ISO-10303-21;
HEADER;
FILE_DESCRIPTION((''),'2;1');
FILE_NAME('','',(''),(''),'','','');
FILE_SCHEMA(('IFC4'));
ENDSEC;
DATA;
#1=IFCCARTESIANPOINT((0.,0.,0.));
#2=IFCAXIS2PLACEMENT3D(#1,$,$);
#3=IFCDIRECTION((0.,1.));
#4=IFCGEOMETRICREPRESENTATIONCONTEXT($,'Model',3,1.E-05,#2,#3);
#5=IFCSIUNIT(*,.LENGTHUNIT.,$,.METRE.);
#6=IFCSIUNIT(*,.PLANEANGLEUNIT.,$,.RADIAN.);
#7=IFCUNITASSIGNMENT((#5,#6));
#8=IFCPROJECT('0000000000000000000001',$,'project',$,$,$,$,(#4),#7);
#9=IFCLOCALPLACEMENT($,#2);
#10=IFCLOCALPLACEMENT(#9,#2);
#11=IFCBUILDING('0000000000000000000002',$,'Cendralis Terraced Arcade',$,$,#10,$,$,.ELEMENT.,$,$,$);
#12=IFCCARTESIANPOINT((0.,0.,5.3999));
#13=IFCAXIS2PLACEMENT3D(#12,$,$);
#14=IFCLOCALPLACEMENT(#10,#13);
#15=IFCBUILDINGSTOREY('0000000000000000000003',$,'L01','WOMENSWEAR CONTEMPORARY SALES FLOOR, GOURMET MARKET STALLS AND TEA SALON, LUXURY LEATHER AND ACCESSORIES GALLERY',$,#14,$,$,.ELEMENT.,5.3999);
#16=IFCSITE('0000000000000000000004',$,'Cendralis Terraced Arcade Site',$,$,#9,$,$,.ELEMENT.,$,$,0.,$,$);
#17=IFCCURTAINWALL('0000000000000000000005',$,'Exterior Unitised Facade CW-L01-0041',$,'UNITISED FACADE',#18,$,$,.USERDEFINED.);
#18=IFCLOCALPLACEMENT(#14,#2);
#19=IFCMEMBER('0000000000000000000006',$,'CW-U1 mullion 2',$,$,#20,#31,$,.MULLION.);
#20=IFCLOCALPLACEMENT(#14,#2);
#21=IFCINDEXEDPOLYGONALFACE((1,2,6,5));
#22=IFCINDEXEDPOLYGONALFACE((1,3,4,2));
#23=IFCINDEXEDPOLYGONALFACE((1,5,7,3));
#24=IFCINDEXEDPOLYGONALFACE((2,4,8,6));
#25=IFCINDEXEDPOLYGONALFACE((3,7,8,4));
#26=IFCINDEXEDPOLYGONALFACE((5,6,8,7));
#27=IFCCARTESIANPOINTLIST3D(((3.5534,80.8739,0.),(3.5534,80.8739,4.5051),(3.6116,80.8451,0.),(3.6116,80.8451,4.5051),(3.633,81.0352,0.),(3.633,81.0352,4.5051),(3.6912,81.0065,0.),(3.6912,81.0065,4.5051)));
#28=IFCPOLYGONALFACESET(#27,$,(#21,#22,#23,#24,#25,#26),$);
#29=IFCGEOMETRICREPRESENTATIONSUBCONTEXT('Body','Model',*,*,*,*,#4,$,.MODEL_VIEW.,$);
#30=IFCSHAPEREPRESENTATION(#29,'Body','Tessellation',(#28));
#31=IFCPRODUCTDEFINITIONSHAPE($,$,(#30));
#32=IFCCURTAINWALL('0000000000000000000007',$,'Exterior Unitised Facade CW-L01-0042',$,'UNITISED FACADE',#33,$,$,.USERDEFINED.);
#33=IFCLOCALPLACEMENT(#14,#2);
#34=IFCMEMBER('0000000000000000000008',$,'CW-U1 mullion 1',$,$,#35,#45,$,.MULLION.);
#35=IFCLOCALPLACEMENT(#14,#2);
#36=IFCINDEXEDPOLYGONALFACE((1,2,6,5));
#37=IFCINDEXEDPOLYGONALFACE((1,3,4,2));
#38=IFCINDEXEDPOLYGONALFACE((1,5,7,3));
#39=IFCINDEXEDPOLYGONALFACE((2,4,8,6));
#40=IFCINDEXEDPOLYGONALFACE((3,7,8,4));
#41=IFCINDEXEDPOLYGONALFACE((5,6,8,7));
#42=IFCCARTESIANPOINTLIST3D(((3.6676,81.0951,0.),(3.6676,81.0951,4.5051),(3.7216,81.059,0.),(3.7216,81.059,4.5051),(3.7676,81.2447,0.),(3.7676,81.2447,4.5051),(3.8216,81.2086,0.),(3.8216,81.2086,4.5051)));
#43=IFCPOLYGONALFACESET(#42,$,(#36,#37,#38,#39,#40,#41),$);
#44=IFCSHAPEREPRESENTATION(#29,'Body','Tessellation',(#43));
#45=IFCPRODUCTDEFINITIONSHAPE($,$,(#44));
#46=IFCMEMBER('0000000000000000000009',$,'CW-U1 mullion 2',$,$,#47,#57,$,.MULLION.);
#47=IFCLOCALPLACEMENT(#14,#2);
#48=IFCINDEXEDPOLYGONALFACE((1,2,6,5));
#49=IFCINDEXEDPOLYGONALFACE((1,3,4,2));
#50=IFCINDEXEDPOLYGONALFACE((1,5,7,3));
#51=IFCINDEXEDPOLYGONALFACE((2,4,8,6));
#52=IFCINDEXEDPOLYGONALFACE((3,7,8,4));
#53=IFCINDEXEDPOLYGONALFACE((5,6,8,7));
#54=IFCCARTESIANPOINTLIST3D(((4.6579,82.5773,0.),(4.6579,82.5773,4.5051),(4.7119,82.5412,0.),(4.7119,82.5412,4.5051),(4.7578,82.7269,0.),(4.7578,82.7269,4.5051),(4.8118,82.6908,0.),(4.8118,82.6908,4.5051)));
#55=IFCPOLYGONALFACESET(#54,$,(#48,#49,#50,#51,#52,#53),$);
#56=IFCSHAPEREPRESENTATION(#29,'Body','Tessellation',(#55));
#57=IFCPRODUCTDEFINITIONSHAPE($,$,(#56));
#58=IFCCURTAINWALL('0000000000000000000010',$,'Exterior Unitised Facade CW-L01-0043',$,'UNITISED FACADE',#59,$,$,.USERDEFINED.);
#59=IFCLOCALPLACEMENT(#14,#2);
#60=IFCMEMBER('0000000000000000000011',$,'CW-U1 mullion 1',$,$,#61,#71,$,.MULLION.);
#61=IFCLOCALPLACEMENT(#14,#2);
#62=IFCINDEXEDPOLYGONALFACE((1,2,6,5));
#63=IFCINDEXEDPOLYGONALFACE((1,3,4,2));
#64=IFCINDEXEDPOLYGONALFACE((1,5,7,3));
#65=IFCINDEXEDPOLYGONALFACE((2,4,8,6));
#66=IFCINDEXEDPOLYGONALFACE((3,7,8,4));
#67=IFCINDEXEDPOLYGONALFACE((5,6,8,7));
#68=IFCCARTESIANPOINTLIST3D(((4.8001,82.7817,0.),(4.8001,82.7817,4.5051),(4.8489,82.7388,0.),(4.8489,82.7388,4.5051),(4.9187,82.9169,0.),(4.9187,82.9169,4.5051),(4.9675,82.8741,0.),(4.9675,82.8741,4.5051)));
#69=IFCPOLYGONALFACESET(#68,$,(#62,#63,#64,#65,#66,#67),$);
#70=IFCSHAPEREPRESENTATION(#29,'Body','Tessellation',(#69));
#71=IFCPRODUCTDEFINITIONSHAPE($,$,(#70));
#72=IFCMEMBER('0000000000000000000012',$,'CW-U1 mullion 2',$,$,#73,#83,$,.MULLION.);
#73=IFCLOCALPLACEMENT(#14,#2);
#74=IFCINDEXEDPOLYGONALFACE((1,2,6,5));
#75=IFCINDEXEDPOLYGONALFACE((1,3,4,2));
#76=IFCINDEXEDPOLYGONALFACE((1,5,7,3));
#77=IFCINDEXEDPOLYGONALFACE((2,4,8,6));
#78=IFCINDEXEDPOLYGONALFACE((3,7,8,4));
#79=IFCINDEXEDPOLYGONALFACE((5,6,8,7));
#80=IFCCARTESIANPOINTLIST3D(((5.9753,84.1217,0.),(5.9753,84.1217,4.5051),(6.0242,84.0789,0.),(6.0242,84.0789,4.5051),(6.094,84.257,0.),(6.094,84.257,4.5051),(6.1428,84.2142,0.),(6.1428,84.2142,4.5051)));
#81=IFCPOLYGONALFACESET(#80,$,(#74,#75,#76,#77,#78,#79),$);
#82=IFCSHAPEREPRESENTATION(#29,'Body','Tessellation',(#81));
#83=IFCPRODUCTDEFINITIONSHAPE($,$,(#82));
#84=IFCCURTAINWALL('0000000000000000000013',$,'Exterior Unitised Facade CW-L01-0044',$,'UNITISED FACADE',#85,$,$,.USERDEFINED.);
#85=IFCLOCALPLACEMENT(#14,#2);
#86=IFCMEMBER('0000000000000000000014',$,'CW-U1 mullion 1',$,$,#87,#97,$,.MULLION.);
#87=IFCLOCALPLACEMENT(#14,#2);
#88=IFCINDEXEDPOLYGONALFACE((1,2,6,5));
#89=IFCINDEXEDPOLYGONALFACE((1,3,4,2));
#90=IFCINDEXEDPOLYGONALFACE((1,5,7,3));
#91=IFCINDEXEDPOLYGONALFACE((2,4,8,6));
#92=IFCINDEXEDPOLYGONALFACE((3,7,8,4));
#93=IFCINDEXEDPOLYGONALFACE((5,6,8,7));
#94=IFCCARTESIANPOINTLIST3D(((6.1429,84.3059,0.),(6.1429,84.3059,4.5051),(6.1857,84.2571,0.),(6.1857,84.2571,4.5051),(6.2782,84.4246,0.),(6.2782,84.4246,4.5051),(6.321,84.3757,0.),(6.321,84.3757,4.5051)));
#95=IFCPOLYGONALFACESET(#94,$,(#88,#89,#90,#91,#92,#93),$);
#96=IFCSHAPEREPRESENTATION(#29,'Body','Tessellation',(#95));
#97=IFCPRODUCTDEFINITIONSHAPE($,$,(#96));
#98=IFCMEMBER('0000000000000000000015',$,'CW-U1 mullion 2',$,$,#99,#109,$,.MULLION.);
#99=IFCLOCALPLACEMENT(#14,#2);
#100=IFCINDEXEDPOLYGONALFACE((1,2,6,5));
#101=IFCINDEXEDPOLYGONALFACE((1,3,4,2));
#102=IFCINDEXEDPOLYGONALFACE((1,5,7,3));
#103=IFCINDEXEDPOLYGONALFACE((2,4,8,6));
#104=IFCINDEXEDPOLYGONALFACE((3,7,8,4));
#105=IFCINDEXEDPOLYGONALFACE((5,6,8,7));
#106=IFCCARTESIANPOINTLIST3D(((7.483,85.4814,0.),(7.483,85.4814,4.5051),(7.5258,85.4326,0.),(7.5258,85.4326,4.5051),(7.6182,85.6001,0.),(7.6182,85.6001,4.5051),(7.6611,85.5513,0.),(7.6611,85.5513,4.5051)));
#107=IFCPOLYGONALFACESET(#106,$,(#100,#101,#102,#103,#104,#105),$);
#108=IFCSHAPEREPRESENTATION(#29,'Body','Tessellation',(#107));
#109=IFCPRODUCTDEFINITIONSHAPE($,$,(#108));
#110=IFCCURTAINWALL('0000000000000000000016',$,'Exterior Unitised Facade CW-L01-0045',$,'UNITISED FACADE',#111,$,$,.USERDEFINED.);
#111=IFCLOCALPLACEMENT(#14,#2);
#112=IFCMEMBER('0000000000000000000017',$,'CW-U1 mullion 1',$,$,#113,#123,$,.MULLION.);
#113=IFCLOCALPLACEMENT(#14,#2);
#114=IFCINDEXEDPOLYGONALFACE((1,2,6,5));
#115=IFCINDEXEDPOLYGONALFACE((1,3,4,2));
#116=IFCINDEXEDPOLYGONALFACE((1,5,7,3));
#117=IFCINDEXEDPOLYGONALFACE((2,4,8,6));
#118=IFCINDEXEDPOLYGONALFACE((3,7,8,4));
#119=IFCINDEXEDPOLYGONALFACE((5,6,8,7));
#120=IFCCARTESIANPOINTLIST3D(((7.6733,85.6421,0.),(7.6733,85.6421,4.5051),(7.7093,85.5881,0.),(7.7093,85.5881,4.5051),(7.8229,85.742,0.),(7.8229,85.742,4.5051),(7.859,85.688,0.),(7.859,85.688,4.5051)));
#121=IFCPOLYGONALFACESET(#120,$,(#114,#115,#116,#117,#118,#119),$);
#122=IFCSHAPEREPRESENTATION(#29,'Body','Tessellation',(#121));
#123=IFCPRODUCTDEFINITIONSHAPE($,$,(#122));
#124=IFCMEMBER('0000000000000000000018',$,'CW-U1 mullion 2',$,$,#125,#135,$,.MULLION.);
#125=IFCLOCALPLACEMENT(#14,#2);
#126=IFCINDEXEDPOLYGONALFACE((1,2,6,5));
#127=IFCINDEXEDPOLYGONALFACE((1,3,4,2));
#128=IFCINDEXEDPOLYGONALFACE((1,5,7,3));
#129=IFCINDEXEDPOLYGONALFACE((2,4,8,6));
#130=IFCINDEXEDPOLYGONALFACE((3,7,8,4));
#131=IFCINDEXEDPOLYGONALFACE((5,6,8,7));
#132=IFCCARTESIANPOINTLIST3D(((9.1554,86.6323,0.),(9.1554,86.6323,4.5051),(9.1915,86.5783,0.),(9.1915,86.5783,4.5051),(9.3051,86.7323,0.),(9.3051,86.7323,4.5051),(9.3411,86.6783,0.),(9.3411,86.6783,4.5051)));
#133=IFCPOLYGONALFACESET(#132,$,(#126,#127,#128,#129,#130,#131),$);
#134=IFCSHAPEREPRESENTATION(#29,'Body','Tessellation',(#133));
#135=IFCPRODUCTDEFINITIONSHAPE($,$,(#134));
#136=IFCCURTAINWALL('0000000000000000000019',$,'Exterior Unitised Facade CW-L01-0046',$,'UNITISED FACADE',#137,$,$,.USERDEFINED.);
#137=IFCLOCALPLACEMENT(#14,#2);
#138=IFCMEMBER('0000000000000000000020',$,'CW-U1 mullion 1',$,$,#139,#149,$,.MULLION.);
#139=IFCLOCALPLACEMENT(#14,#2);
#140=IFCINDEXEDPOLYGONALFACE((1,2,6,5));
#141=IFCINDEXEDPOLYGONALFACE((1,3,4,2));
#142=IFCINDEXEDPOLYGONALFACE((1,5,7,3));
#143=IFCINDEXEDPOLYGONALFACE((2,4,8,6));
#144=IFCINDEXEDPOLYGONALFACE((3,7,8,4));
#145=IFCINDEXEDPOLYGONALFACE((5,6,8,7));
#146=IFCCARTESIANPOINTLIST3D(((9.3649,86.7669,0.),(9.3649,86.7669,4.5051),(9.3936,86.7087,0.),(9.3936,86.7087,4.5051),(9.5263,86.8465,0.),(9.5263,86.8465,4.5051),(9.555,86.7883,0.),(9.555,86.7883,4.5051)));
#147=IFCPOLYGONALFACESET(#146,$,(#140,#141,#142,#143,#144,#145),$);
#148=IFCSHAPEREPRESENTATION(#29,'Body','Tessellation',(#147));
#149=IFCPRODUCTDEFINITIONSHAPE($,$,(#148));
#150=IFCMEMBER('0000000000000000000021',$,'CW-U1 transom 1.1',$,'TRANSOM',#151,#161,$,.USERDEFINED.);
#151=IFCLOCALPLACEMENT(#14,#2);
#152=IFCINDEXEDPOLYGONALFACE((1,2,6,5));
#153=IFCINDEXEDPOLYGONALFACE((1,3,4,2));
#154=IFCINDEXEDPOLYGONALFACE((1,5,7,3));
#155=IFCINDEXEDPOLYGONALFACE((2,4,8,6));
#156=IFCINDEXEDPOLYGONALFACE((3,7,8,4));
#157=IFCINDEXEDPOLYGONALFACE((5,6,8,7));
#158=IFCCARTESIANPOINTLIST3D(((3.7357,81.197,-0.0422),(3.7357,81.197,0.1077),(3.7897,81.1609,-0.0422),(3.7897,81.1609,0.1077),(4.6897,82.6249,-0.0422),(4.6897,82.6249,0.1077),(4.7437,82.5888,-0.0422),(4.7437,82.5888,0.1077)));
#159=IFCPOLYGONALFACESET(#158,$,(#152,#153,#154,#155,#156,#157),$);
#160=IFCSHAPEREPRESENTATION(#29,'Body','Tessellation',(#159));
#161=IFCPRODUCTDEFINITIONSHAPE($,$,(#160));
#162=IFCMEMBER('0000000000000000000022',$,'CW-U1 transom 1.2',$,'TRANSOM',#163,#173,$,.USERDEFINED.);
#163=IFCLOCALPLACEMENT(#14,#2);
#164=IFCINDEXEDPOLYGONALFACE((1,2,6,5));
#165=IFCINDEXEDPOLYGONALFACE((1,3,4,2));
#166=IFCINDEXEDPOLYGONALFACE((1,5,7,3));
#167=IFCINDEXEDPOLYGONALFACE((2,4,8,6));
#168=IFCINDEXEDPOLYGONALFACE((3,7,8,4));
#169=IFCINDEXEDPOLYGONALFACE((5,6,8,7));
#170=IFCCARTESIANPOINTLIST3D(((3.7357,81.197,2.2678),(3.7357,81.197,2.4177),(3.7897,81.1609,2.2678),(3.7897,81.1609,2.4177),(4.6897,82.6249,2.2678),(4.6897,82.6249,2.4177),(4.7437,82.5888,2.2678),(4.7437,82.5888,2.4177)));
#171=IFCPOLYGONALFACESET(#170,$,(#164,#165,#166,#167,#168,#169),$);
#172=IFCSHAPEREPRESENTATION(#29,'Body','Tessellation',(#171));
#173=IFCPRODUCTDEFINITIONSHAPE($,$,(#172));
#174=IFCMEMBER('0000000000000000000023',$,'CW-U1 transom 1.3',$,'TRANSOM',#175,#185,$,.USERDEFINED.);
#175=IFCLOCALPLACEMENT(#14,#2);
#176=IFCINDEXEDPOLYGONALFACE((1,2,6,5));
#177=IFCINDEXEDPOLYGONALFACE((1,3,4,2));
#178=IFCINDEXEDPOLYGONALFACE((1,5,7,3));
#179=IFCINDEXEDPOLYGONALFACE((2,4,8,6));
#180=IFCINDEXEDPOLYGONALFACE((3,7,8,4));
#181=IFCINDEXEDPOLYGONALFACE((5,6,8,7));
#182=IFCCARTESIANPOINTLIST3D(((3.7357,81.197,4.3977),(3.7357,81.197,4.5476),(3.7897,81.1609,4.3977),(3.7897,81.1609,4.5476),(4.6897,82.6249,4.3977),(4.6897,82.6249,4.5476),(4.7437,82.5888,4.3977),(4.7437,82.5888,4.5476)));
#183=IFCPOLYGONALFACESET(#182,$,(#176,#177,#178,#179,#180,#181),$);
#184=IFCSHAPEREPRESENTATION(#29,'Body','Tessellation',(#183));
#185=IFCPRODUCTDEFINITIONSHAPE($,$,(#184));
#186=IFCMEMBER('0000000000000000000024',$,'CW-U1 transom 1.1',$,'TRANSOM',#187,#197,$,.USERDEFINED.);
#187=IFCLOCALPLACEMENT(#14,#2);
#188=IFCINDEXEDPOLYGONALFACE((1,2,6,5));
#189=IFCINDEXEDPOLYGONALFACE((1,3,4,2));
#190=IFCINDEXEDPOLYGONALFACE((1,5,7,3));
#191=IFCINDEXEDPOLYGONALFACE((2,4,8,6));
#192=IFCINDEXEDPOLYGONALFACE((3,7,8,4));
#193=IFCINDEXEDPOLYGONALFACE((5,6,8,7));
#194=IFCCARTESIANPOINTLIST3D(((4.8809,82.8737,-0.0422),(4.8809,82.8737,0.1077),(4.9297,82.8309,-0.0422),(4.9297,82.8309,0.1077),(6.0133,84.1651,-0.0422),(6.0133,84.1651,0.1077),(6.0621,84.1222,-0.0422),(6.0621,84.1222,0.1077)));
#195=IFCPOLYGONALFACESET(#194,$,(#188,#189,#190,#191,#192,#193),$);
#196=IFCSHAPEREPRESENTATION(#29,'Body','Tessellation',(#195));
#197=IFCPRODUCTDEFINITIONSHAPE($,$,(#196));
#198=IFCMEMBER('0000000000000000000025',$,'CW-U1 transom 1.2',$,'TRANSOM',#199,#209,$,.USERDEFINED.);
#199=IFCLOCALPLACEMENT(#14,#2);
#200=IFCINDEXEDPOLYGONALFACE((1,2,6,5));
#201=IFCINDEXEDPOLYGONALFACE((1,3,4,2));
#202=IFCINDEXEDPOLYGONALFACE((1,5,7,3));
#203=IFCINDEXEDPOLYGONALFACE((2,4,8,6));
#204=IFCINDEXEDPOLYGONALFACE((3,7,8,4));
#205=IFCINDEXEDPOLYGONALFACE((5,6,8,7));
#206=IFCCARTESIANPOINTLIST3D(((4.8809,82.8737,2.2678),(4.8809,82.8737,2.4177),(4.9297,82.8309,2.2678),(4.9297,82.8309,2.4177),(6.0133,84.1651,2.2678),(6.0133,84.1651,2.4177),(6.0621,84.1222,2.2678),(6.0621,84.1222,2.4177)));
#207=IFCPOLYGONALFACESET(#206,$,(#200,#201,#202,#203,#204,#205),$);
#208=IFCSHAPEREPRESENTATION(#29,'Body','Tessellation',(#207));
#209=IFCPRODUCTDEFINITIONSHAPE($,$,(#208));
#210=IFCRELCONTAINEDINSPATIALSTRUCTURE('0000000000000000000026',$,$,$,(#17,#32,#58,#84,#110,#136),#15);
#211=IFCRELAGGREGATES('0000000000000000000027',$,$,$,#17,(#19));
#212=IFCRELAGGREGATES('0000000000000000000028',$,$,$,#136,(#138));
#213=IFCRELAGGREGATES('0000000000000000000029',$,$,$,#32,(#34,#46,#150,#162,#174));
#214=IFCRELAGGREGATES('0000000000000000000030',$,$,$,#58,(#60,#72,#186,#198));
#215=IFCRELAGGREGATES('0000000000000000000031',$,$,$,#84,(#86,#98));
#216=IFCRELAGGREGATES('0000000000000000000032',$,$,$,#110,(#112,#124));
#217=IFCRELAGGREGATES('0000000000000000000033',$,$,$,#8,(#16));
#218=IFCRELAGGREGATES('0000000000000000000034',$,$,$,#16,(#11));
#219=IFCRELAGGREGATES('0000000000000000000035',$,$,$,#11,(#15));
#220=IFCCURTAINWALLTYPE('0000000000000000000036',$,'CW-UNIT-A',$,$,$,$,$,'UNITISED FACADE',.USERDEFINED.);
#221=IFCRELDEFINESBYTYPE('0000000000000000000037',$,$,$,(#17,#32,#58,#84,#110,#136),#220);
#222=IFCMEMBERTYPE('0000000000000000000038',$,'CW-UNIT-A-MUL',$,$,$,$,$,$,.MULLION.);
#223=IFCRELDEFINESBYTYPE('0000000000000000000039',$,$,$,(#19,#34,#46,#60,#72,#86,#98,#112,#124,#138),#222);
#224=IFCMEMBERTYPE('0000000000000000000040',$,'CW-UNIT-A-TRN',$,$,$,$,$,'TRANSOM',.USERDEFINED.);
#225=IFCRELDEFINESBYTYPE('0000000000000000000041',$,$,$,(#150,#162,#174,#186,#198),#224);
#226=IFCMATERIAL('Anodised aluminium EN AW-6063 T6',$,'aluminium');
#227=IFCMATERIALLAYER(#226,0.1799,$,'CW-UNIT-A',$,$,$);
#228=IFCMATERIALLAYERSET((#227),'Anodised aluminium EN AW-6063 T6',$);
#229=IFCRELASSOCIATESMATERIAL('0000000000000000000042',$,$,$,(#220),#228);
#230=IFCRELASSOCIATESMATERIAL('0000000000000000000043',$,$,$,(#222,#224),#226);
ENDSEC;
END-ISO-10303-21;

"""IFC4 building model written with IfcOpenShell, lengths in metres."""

from ifc_helpers import new_model, si_unit, direction, frame, origin, origin_2d, place, context, subcontext, project, spatial, rectangle, extrude, material, layer, layer_set, material_profile, profile_set, type_object, element, aggregate, save


model = new_model("IFC4")

# Units and contexts
model_context = context("Model", 3, precision=1e-05, world=origin(), true_north=direction((0.0, 1.0)))
body_context = subcontext(model_context, "Body", "Model", "MODEL_VIEW")
ifc_project = project(units=[si_unit("LENGTHUNIT", "METRE"), si_unit("PLANEANGLEUNIT", "RADIAN")], contexts=[model_context])

# Site, building, storey
site_placement = place(None, origin())
site = spatial("IfcSite", under=ifc_project, at=site_placement, Name="Cendralis Terraced Arcade Site", CompositionType="ELEMENT", RefElevation=0.0)
building_placement = place(site_placement, origin())
building = spatial("IfcBuilding", under=site, at=building_placement, Name="Cendralis Terraced Arcade", CompositionType="ELEMENT")
storey_placement = place(building_placement, frame((0.0, 0.0, 5.3999)))
storey = spatial("IfcBuildingStorey", under=building, at=storey_placement, Name="L01", Description="WOMENSWEAR CONTEMPORARY SALES FLOOR, GOURMET MARKET STALLS AND TEA SALON, LUXURY LEATHER AND ACCESSORIES GALLERY", CompositionType="ELEMENT", Elevation=5.3999)

# Curtain wall, member
ifc_material_1 = material(Name="Anodised aluminium EN AW-6063 T6", Category="aluminium")
ifc_layer_1 = layer(ifc_material_1, 0.1799, Name="CW-UNIT-A")
ifc_layer_set_1 = layer_set([ifc_layer_1], Name="Anodised aluminium EN AW-6063 T6")
curtain_wall_type = type_object("IfcCurtainWallType", Name="CW-UNIT-A", ElementType="UNITISED FACADE", PredefinedType="USERDEFINED", material=ifc_layer_set_1)
curtain_wall_1_placement = place(storey_placement, origin())
curtain_wall_1 = element("IfcCurtainWall", 1, at=curtain_wall_1_placement, inside=storey, type_object=curtain_wall_type, Name="Exterior Unitised Facade CW-L01-0041", ObjectType="UNITISED FACADE", PredefinedType="USERDEFINED")
ifc_material_profile_1 = material_profile(ifc_material_1, rectangle(XDim=0.0649, YDim=0.1799, at=origin_2d()), Name="ALU-MUL-65x180")
ifc_profile_set_1 = profile_set([ifc_material_profile_1], Name="Anodised aluminium EN AW-6063 T6")
member_type_1 = type_object("IfcMemberType", Name="CW-UNIT-A-MUL", PredefinedType="MULLION", material=ifc_profile_set_1)
member_1_placement = place(storey_placement, frame((3.6223, 80.9402, 0.0), z_axis=(0.0, 0.0, 1.0), x_axis=(-0.896882, 0.44227, 0.0)))
member_1 = element("IfcMember", 2, at=member_1_placement, type_object=member_type_1, Name="CW-U1 mullion 2", PredefinedType="MULLION", context=body_context, shape_type="SweptSolid", body=[
    extrude(rectangle(XDim=0.0649, YDim=0.1799, at=origin_2d()), origin(), (0.0, 0.0, 1.0), 4.5051),
])
aggregate(curtain_wall_1, [member_1])

# Curtain walls, members
curtain_wall_2_placement = place(storey_placement, origin())
curtain_wall_2 = element("IfcCurtainWall", 3, at=curtain_wall_2_placement, inside=storey, type_object=curtain_wall_type, Name="Exterior Unitised Facade CW-L01-0042", ObjectType="UNITISED FACADE", PredefinedType="USERDEFINED")
member_2_placement = place(storey_placement, frame((3.7446, 81.1519, 0.0), z_axis=(0.0, 0.0, 1.0), x_axis=(-0.831484, 0.555549, 0.0)))
member_2 = element("IfcMember", 4, at=member_2_placement, type_object=member_type_1, Name="CW-U1 mullion 1", PredefinedType="MULLION", context=body_context, shape_type="SweptSolid", body=[
    extrude(rectangle(XDim=0.0649, YDim=0.1799, at=origin_2d()), origin(), (0.0, 0.0, 1.0), 4.5051),
])
member_3_placement = place(storey_placement, frame((4.7349, 82.634, 0.0), z_axis=(0.0, 0.0, 1.0), x_axis=(-0.831484, 0.555549, 0.0)))
member_3 = element("IfcMember", 5, at=member_3_placement, type_object=member_type_1, Name="CW-U1 mullion 2", PredefinedType="MULLION", context=body_context, shape_type="SweptSolid", body=[
    extrude(rectangle(XDim=0.0649, YDim=0.1799, at=origin_2d()), origin(), (0.0, 0.0, 1.0), 4.5051),
])
curtain_wall_3_placement = place(storey_placement, origin())
curtain_wall_3 = element("IfcCurtainWall", 6, at=curtain_wall_3_placement, inside=storey, type_object=curtain_wall_type, Name="Exterior Unitised Facade CW-L01-0043", ObjectType="UNITISED FACADE", PredefinedType="USERDEFINED")
member_4_placement = place(storey_placement, frame((4.8838, 82.8279, 0.0), z_axis=(0.0, 0.0, 1.0), x_axis=(-0.751818, 0.65937, 0.0)))
member_4 = element("IfcMember", 7, at=member_4_placement, type_object=member_type_1, Name="CW-U1 mullion 1", PredefinedType="MULLION", context=body_context, shape_type="SweptSolid", body=[
    extrude(rectangle(XDim=0.0649, YDim=0.1799, at=origin_2d()), origin(), (0.0, 0.0, 1.0), 4.5051),
])
member_5_placement = place(storey_placement, frame((6.0591, 84.168, 0.0), z_axis=(0.0, 0.0, 1.0), x_axis=(-0.751818, 0.65937, 0.0)))
member_5 = element("IfcMember", 8, at=member_5_placement, type_object=member_type_1, Name="CW-U1 mullion 2", PredefinedType="MULLION", context=body_context, shape_type="SweptSolid", body=[
    extrude(rectangle(XDim=0.0649, YDim=0.1799, at=origin_2d()), origin(), (0.0, 0.0, 1.0), 4.5051),
])
curtain_wall_4_placement = place(storey_placement, origin())
curtain_wall_4 = element("IfcCurtainWall", 9, at=curtain_wall_4_placement, inside=storey, type_object=curtain_wall_type, Name="Exterior Unitised Facade CW-L01-0044", ObjectType="UNITISED FACADE", PredefinedType="USERDEFINED")
member_6_placement = place(storey_placement, frame((6.2319, 84.3408, 0.0), z_axis=(0.0, 0.0, 1.0), x_axis=(-0.65937, 0.751818, 0.0)))
member_6 = element("IfcMember", 10, at=member_6_placement, type_object=member_type_1, Name="CW-U1 mullion 1", PredefinedType="MULLION", context=body_context, shape_type="SweptSolid", body=[
    extrude(rectangle(XDim=0.0649, YDim=0.1799, at=origin_2d()), origin(), (0.0, 0.0, 1.0), 4.5051),
])
member_7_placement = place(storey_placement, frame((7.572, 85.5164, 0.0), z_axis=(0.0, 0.0, 1.0), x_axis=(-0.65937, 0.751818, 0.0)))
member_7 = element("IfcMember", 11, at=member_7_placement, type_object=member_type_1, Name="CW-U1 mullion 2", PredefinedType="MULLION", context=body_context, shape_type="SweptSolid", body=[
    extrude(rectangle(XDim=0.0649, YDim=0.1799, at=origin_2d()), origin(), (0.0, 0.0, 1.0), 4.5051),
])
curtain_wall_5_placement = place(storey_placement, origin())
curtain_wall_5 = element("IfcCurtainWall", 12, at=curtain_wall_5_placement, inside=storey, type_object=curtain_wall_type, Name="Exterior Unitised Facade CW-L01-0045", ObjectType="UNITISED FACADE", PredefinedType="USERDEFINED")
member_8_placement = place(storey_placement, frame((7.7661, 85.665, 0.0), z_axis=(0.0, 0.0, 1.0), x_axis=(-0.555549, 0.831484, 0.0)))
member_8 = element("IfcMember", 13, at=member_8_placement, type_object=member_type_1, Name="CW-U1 mullion 1", PredefinedType="MULLION", context=body_context, shape_type="SweptSolid", body=[
    extrude(rectangle(XDim=0.0649, YDim=0.1799, at=origin_2d()), origin(), (0.0, 0.0, 1.0), 4.5051),
])
member_9_placement = place(storey_placement, frame((9.2483, 86.6553, 0.0), z_axis=(0.0, 0.0, 1.0), x_axis=(-0.555549, 0.831484, 0.0)))
member_9 = element("IfcMember", 14, at=member_9_placement, type_object=member_type_1, Name="CW-U1 mullion 2", PredefinedType="MULLION", context=body_context, shape_type="SweptSolid", body=[
    extrude(rectangle(XDim=0.0649, YDim=0.1799, at=origin_2d()), origin(), (0.0, 0.0, 1.0), 4.5051),
])

# Curtain wall, member
curtain_wall_6_placement = place(storey_placement, origin())
curtain_wall_6 = element("IfcCurtainWall", 15, at=curtain_wall_6_placement, inside=storey, type_object=curtain_wall_type, Name="Exterior Unitised Facade CW-L01-0046", ObjectType="UNITISED FACADE", PredefinedType="USERDEFINED")
member_10_placement = place(storey_placement, frame((9.46, 86.7776, 0.0), z_axis=(0.0, 0.0, 1.0), x_axis=(-0.44227, 0.896882, 0.0)))
member_10 = element("IfcMember", 16, at=member_10_placement, type_object=member_type_1, Name="CW-U1 mullion 1", PredefinedType="MULLION", context=body_context, shape_type="SweptSolid", body=[
    extrude(rectangle(XDim=0.0649, YDim=0.1799, at=origin_2d()), origin(), (0.0, 0.0, 1.0), 4.5051),
])

# Members
ifc_material_profile_2 = material_profile(ifc_material_1, rectangle(XDim=0.0649, YDim=0.1499, at=origin_2d()), Name="ALU-TRN-65x150")
ifc_profile_set_2 = profile_set([ifc_material_profile_2], Name="Anodised aluminium EN AW-6063 T6")
member_type_2 = type_object("IfcMemberType", Name="CW-UNIT-A-TRN", ElementType="TRANSOM", PredefinedType="USERDEFINED", material=ifc_profile_set_2)
member_11_placement = place(storey_placement, frame((3.7627, 81.179, 0.0327), z_axis=(0.555553, 0.831481, 0.0), x_axis=(-0.831481, 0.555553, 0.0)))
member_11 = element("IfcMember", 17, at=member_11_placement, type_object=member_type_2, Name="CW-U1 transom 1.1", ObjectType="TRANSOM", PredefinedType="USERDEFINED", context=body_context, shape_type="SweptSolid", body=[
    extrude(rectangle(XDim=0.0649, YDim=0.1499, at=origin_2d()), origin(), (0.0, 0.0, 1.0), 1.7173),
])
member_12_placement = place(storey_placement, frame((3.7627, 81.179, 2.3428), z_axis=(0.555553, 0.831481, 0.0), x_axis=(-0.831481, 0.555553, 0.0)))
member_12 = element("IfcMember", 18, at=member_12_placement, type_object=member_type_2, Name="CW-U1 transom 1.2", ObjectType="TRANSOM", PredefinedType="USERDEFINED", context=body_context, shape_type="SweptSolid", body=[
    extrude(rectangle(XDim=0.0649, YDim=0.1499, at=origin_2d()), origin(), (0.0, 0.0, 1.0), 1.7173),
])
member_13_placement = place(storey_placement, frame((3.7627, 81.179, 4.4727), z_axis=(0.555553, 0.831481, 0.0), x_axis=(-0.831481, 0.555553, 0.0)))
member_13 = element("IfcMember", 19, at=member_13_placement, type_object=member_type_2, Name="CW-U1 transom 1.3", ObjectType="TRANSOM", PredefinedType="USERDEFINED", context=body_context, shape_type="SweptSolid", body=[
    extrude(rectangle(XDim=0.0649, YDim=0.1499, at=origin_2d()), origin(), (0.0, 0.0, 1.0), 1.7173),
])
member_14_placement = place(storey_placement, frame((4.9053, 82.8523, 0.0327), z_axis=(0.659319, 0.751863, 0.0), x_axis=(-0.751863, 0.659319, 0.0)))
member_14 = element("IfcMember", 20, at=member_14_placement, type_object=member_type_2, Name="CW-U1 transom 1.1", ObjectType="TRANSOM", PredefinedType="USERDEFINED", context=body_context, shape_type="SweptSolid", body=[
    extrude(rectangle(XDim=0.0649, YDim=0.1499, at=origin_2d()), origin(), (0.0, 0.0, 1.0), 1.7175),
])
member_15_placement = place(storey_placement, frame((4.9053, 82.8523, 2.3428), z_axis=(0.659319, 0.751863, 0.0), x_axis=(-0.751863, 0.659319, 0.0)))
member_15 = element("IfcMember", 21, at=member_15_placement, type_object=member_type_2, Name="CW-U1 transom 1.2", ObjectType="TRANSOM", PredefinedType="USERDEFINED", context=body_context, shape_type="SweptSolid", body=[
    extrude(rectangle(XDim=0.0649, YDim=0.1499, at=origin_2d()), origin(), (0.0, 0.0, 1.0), 1.7175),
])
aggregate(curtain_wall_6, [member_10])

aggregate(curtain_wall_2, [member_2, member_3, member_11, member_12, member_13])
aggregate(curtain_wall_3, [member_4, member_5, member_14, member_15])
aggregate(curtain_wall_4, [member_6, member_7])
aggregate(curtain_wall_5, [member_8, member_9])

save(model, "model.ifc")
